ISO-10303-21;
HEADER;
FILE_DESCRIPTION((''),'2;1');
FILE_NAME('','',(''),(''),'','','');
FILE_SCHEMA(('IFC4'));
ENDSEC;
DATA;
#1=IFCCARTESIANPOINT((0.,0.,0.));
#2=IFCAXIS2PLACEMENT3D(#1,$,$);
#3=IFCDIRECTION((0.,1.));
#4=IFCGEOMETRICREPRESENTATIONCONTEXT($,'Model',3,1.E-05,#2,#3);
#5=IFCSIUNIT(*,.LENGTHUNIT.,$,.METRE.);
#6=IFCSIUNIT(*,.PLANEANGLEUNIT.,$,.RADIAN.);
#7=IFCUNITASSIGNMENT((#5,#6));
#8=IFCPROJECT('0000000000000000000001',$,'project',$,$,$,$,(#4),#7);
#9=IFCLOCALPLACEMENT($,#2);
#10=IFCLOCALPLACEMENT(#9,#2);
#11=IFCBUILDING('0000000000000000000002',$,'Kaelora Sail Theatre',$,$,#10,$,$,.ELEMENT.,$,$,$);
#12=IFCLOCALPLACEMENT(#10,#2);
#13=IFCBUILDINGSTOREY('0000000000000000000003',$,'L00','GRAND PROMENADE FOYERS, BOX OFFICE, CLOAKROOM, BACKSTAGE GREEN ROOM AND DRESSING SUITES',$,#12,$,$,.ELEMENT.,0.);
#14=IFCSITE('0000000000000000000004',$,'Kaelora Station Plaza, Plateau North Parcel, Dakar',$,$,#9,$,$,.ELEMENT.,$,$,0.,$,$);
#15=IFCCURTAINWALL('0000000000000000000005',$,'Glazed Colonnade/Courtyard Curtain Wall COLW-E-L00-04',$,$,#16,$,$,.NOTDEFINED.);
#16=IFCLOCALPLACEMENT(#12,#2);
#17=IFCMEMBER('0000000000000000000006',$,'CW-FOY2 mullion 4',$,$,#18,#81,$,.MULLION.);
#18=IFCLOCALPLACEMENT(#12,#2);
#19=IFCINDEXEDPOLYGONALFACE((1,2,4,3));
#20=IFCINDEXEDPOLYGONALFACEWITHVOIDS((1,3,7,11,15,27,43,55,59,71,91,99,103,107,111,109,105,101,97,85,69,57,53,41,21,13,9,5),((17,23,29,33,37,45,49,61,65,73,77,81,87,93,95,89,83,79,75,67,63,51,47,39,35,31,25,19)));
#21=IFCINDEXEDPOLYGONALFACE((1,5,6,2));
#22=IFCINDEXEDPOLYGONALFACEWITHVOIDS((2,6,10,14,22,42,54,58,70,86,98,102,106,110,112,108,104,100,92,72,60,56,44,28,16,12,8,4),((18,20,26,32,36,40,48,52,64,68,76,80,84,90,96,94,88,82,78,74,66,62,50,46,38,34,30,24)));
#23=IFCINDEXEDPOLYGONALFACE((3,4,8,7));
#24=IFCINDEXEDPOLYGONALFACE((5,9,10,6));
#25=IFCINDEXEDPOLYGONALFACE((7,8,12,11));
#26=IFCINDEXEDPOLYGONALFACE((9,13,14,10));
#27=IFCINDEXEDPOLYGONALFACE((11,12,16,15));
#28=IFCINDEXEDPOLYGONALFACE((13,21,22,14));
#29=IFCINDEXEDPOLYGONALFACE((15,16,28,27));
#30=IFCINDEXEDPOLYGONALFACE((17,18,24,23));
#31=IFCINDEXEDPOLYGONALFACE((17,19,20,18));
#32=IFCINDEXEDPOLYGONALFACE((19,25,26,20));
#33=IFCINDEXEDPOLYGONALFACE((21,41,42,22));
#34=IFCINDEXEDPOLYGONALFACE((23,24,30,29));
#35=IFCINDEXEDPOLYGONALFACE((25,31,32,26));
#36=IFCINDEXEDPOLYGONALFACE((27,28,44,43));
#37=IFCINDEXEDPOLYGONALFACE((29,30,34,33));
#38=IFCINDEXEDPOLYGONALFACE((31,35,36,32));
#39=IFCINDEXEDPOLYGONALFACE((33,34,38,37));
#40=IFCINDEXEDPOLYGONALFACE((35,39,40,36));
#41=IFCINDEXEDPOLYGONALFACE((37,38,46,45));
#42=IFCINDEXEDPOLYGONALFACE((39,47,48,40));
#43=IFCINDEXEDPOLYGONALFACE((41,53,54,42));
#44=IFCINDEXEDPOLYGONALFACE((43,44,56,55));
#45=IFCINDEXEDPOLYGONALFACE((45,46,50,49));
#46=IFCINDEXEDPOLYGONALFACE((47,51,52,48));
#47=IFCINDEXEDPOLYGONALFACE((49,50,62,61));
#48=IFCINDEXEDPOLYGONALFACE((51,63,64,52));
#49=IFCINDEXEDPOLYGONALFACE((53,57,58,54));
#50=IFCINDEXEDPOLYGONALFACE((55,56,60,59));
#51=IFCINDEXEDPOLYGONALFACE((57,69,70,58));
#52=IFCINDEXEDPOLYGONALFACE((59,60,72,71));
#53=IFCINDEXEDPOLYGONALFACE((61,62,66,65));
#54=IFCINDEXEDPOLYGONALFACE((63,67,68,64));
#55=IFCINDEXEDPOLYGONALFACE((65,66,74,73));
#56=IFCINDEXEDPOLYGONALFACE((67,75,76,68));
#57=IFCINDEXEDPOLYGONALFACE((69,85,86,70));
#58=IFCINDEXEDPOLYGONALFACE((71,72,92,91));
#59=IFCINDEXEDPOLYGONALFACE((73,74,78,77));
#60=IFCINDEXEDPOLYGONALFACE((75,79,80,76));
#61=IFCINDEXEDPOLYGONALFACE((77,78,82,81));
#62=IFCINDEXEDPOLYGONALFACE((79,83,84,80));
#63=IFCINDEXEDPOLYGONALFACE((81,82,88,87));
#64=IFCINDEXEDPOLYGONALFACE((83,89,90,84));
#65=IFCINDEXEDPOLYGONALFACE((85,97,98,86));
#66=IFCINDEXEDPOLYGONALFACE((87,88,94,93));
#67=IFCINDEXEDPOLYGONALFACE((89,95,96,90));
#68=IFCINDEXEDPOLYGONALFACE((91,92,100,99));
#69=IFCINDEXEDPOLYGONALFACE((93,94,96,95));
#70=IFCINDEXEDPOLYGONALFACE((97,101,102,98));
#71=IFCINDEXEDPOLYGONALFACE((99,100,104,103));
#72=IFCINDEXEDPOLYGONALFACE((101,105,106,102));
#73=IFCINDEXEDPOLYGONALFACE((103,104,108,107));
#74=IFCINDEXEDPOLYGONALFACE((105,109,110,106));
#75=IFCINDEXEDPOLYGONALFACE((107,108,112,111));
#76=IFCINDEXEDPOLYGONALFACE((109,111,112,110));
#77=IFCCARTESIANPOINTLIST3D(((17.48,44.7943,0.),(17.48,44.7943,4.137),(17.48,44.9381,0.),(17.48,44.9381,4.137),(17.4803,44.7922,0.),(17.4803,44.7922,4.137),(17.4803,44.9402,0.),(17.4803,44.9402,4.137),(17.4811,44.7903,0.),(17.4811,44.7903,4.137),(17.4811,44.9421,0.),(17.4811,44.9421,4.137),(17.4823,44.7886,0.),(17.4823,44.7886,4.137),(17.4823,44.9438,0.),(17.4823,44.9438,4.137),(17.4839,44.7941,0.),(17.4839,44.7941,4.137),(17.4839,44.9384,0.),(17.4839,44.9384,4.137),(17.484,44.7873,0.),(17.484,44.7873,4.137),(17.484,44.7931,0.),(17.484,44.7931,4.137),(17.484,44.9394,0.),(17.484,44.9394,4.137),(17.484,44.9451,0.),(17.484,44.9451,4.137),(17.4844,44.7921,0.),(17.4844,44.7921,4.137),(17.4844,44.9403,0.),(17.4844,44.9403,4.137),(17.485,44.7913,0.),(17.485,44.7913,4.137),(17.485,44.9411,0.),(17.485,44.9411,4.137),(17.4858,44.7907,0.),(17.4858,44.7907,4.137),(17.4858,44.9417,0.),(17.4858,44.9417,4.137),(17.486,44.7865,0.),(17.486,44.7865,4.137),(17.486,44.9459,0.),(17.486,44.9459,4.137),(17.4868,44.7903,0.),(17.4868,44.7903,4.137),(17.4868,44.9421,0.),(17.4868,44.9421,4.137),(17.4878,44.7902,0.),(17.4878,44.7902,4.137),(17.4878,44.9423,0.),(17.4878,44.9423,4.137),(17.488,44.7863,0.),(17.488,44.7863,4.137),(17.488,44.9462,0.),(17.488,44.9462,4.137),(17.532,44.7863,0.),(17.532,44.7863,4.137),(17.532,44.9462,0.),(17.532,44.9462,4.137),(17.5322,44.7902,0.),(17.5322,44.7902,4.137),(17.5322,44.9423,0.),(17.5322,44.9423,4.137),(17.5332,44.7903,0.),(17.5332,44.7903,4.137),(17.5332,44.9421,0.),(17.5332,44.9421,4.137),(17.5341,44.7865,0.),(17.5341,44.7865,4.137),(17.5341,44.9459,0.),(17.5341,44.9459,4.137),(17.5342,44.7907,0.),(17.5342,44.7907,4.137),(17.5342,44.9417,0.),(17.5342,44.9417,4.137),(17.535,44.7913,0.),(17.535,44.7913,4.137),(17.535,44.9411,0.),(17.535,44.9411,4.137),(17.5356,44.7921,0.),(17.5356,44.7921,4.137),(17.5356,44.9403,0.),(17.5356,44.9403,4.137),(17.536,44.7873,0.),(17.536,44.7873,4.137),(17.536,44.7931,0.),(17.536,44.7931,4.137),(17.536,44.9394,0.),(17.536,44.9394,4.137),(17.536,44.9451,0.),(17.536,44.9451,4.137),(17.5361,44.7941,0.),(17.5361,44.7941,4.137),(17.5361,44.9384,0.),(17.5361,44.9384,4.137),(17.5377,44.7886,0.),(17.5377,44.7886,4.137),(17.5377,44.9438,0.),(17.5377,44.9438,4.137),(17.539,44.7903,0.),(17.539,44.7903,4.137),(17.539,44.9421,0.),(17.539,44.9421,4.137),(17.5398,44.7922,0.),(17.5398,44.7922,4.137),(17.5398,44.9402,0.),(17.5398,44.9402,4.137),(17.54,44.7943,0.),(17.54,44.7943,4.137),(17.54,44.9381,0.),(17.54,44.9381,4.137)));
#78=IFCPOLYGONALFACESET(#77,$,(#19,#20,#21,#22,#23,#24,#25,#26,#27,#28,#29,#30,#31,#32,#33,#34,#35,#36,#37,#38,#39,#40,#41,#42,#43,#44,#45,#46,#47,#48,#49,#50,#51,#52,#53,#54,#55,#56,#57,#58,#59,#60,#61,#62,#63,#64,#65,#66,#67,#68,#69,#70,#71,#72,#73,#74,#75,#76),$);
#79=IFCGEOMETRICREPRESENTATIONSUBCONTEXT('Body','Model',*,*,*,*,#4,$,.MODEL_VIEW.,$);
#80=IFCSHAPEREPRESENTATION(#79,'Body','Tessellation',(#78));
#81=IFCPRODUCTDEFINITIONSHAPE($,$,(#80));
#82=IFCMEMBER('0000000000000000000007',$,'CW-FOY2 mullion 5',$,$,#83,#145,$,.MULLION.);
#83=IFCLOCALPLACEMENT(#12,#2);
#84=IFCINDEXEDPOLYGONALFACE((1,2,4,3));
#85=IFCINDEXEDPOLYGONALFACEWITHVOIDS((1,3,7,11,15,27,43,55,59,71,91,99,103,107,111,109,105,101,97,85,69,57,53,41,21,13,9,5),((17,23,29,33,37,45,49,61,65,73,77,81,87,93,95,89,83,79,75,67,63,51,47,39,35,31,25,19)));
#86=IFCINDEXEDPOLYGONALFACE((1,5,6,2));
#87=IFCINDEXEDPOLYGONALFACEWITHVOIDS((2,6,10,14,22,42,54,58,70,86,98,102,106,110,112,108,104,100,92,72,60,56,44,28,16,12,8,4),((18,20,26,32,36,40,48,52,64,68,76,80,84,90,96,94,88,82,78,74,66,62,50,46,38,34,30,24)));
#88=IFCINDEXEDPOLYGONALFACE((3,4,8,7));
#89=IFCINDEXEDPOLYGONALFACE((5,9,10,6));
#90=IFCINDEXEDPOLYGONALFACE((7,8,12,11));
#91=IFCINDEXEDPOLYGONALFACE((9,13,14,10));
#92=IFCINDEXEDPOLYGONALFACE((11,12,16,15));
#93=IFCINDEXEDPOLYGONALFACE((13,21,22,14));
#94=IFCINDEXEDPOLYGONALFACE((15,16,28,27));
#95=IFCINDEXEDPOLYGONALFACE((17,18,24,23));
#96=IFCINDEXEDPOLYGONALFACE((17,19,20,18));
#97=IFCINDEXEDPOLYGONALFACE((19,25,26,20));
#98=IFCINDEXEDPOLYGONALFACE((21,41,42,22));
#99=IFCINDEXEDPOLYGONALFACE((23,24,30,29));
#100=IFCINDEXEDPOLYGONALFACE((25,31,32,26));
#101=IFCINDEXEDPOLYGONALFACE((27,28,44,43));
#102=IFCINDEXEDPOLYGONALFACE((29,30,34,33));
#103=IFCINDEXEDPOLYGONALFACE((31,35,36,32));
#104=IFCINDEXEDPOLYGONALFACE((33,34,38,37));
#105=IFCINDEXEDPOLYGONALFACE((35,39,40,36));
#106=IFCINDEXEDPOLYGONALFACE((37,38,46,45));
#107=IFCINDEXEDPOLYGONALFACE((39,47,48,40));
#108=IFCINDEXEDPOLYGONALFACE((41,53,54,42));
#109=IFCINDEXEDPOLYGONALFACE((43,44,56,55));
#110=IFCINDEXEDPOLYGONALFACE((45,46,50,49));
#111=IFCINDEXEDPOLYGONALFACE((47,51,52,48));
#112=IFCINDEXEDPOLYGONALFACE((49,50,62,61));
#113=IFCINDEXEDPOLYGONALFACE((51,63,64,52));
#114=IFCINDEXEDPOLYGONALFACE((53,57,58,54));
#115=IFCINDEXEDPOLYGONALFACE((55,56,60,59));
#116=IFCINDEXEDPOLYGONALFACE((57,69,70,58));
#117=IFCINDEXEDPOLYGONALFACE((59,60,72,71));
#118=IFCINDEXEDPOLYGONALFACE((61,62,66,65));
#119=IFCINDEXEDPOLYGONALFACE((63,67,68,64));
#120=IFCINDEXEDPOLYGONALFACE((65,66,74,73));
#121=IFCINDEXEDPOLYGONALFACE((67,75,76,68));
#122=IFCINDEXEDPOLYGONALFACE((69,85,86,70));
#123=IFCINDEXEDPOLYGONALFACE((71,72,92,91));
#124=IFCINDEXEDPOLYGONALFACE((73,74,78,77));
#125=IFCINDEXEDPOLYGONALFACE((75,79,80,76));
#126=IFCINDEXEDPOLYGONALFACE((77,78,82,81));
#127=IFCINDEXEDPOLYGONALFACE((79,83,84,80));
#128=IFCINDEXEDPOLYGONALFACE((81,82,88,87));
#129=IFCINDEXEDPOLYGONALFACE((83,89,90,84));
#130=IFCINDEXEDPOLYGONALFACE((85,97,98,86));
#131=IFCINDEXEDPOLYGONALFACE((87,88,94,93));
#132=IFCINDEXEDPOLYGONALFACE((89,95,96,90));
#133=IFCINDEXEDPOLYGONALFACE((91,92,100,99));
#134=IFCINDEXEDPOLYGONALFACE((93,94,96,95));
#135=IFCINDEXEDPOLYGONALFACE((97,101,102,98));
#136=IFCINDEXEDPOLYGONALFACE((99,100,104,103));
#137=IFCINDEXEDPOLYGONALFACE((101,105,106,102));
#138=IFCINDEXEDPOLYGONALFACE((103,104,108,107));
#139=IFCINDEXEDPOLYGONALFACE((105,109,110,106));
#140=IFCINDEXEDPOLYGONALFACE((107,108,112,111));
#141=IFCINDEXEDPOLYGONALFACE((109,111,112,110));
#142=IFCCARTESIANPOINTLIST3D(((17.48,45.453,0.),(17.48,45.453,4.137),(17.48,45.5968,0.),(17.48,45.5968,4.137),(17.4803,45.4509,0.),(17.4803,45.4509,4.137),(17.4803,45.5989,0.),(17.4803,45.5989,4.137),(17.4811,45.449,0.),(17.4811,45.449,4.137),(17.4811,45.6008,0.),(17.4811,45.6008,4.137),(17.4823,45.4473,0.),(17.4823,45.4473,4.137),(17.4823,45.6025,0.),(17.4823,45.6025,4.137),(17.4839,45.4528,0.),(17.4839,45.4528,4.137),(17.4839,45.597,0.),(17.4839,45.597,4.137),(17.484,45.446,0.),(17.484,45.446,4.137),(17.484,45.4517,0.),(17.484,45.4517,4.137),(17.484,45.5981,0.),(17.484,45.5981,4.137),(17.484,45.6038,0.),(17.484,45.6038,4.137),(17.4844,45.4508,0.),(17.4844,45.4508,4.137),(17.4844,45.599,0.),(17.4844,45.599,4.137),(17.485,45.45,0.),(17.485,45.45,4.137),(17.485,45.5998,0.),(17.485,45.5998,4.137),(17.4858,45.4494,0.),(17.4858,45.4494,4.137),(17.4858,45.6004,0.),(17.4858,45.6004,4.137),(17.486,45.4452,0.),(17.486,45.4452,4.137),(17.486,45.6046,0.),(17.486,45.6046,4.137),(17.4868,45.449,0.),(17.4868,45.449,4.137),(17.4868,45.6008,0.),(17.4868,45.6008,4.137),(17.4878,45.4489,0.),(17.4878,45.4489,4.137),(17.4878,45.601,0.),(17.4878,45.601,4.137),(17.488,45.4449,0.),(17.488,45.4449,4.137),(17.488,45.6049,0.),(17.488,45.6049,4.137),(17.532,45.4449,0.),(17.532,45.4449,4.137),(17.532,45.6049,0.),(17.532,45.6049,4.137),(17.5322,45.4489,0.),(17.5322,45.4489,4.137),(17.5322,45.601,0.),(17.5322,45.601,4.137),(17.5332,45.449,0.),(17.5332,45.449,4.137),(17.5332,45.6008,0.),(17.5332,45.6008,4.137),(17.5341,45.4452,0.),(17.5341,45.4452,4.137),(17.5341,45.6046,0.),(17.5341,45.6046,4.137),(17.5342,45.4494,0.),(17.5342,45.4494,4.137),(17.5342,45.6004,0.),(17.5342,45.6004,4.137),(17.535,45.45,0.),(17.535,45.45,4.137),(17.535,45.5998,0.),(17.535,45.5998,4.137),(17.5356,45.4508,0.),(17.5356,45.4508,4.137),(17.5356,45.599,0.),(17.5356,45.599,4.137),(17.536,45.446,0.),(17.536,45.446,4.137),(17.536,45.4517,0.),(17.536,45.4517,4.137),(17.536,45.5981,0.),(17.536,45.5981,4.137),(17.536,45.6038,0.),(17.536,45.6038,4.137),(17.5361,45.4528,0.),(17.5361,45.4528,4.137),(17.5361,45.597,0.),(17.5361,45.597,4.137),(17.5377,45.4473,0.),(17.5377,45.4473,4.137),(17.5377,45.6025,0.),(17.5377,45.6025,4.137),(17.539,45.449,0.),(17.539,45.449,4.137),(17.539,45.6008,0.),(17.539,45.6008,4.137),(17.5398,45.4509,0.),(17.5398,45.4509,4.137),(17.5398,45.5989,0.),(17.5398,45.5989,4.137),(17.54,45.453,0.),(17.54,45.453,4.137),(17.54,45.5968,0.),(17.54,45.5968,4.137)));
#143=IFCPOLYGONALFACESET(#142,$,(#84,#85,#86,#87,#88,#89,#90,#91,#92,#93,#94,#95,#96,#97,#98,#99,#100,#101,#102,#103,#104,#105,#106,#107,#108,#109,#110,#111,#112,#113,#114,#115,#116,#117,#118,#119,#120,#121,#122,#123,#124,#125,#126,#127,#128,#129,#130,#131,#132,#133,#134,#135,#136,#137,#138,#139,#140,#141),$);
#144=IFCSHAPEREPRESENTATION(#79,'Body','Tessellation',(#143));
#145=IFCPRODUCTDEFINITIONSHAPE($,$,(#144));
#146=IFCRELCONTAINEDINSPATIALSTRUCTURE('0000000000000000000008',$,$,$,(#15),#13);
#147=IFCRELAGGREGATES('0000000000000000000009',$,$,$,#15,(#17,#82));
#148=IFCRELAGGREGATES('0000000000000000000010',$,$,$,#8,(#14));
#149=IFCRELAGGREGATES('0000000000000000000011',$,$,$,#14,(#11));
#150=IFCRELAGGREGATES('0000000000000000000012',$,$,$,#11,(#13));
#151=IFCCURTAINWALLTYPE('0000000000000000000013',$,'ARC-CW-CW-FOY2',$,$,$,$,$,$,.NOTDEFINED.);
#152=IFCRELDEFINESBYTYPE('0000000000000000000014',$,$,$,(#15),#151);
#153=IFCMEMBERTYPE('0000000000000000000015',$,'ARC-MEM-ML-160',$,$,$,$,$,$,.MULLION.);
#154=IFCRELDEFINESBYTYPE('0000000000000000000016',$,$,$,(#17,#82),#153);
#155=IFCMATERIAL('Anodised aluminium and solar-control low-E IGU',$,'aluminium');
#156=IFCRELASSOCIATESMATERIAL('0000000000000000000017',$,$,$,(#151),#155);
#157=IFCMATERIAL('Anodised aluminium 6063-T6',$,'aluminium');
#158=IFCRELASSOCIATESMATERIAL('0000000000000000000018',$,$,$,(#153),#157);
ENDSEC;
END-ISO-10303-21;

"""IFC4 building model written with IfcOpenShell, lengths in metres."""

from ifc_helpers import new_model, si_unit, direction, frame, origin, origin_2d, place, context, subcontext, project, spatial, hollow_rectangle, extrude, material, material_profile, profile_set, type_object, element, aggregate, save


model = new_model("IFC4")

# Units and contexts
model_context = context("Model", 3, precision=1e-05, world=origin(), true_north=direction((0.0, 1.0)))
body_context = subcontext(model_context, "Body", "Model", "MODEL_VIEW")
ifc_project = project(units=[si_unit("LENGTHUNIT", "METRE"), si_unit("PLANEANGLEUNIT", "RADIAN")], contexts=[model_context])

# Site, building, storey
site_placement = place(None, origin())
site = spatial("IfcSite", under=ifc_project, at=site_placement, Name="Kaelora Station Plaza, Plateau North Parcel, Dakar", CompositionType="ELEMENT", RefElevation=0.0)
building_placement = place(site_placement, origin())
building = spatial("IfcBuilding", under=site, at=building_placement, Name="Kaelora Sail Theatre", CompositionType="ELEMENT")
storey_placement = place(building_placement, origin())
storey = spatial("IfcBuildingStorey", under=building, at=storey_placement, Name="L00", Description="GRAND PROMENADE FOYERS, BOX OFFICE, CLOAKROOM, BACKSTAGE GREEN ROOM AND DRESSING SUITES", CompositionType="ELEMENT", Elevation=0.0)

# Curtain wall, members
ifc_material_1 = material(Name="Anodised aluminium and solar-control low-E IGU", Category="aluminium")
curtain_wall_type = type_object("IfcCurtainWallType", Name="ARC-CW-CW-FOY2", PredefinedType="NOTDEFINED", material=ifc_material_1)
curtain_wall_1_placement = place(storey_placement, origin())
curtain_wall_1 = element("IfcCurtainWall", 1, at=curtain_wall_1_placement, inside=storey, type_object=curtain_wall_type, Name="Glazed Colonnade/Courtyard Curtain Wall COLW-E-L00-04", PredefinedType="NOTDEFINED")
ifc_material_2 = material(Name="Anodised aluminium 6063-T6", Category="aluminium")
ifc_material_profile_1 = material_profile(ifc_material_2, hollow_rectangle(XDim=0.0601, YDim=0.1599, WallThickness=0.0039, InnerFilletRadius=0.0039, OuterFilletRadius=0.0081, at=origin_2d()), Name="ALU-MULL 60x160x4")
ifc_profile_set_1 = profile_set([ifc_material_profile_1], Name="Anodised aluminium 6063-T6")
member_type_1 = type_object("IfcMemberType", Name="ARC-MEM-ML-160", PredefinedType="MULLION", material=ifc_profile_set_1)
member_1_placement = place(storey_placement, frame((17.51, 44.8662, 0.0), z_axis=(0.0, 0.0, 1.0), x_axis=(-1.0, 0.0, 0.0)))
member_1 = element("IfcMember", 2, at=member_1_placement, type_object=member_type_1, Name="CW-FOY2 mullion 4", PredefinedType="MULLION", context=body_context, shape_type="SweptSolid", body=[
    extrude(hollow_rectangle(XDim=0.0601, YDim=0.1599, WallThickness=0.0039, InnerFilletRadius=0.0039, OuterFilletRadius=0.0081, at=origin_2d()), origin(), (0.0, 0.0, 1.0), 4.137),
])
member_2_placement = place(storey_placement, frame((17.51, 45.5249, 0.0), z_axis=(0.0, 0.0, 1.0), x_axis=(-1.0, 0.0, 0.0)))
member_2 = element("IfcMember", 3, at=member_2_placement, type_object=member_type_1, Name="CW-FOY2 mullion 5", PredefinedType="MULLION", context=body_context, shape_type="SweptSolid", body=[
    extrude(hollow_rectangle(XDim=0.0601, YDim=0.1599, WallThickness=0.0039, InnerFilletRadius=0.0039, OuterFilletRadius=0.0081, at=origin_2d()), origin(), (0.0, 0.0, 1.0), 4.137),
])

aggregate(curtain_wall_1, [member_1, member_2])

save(model, "model.ifc")
